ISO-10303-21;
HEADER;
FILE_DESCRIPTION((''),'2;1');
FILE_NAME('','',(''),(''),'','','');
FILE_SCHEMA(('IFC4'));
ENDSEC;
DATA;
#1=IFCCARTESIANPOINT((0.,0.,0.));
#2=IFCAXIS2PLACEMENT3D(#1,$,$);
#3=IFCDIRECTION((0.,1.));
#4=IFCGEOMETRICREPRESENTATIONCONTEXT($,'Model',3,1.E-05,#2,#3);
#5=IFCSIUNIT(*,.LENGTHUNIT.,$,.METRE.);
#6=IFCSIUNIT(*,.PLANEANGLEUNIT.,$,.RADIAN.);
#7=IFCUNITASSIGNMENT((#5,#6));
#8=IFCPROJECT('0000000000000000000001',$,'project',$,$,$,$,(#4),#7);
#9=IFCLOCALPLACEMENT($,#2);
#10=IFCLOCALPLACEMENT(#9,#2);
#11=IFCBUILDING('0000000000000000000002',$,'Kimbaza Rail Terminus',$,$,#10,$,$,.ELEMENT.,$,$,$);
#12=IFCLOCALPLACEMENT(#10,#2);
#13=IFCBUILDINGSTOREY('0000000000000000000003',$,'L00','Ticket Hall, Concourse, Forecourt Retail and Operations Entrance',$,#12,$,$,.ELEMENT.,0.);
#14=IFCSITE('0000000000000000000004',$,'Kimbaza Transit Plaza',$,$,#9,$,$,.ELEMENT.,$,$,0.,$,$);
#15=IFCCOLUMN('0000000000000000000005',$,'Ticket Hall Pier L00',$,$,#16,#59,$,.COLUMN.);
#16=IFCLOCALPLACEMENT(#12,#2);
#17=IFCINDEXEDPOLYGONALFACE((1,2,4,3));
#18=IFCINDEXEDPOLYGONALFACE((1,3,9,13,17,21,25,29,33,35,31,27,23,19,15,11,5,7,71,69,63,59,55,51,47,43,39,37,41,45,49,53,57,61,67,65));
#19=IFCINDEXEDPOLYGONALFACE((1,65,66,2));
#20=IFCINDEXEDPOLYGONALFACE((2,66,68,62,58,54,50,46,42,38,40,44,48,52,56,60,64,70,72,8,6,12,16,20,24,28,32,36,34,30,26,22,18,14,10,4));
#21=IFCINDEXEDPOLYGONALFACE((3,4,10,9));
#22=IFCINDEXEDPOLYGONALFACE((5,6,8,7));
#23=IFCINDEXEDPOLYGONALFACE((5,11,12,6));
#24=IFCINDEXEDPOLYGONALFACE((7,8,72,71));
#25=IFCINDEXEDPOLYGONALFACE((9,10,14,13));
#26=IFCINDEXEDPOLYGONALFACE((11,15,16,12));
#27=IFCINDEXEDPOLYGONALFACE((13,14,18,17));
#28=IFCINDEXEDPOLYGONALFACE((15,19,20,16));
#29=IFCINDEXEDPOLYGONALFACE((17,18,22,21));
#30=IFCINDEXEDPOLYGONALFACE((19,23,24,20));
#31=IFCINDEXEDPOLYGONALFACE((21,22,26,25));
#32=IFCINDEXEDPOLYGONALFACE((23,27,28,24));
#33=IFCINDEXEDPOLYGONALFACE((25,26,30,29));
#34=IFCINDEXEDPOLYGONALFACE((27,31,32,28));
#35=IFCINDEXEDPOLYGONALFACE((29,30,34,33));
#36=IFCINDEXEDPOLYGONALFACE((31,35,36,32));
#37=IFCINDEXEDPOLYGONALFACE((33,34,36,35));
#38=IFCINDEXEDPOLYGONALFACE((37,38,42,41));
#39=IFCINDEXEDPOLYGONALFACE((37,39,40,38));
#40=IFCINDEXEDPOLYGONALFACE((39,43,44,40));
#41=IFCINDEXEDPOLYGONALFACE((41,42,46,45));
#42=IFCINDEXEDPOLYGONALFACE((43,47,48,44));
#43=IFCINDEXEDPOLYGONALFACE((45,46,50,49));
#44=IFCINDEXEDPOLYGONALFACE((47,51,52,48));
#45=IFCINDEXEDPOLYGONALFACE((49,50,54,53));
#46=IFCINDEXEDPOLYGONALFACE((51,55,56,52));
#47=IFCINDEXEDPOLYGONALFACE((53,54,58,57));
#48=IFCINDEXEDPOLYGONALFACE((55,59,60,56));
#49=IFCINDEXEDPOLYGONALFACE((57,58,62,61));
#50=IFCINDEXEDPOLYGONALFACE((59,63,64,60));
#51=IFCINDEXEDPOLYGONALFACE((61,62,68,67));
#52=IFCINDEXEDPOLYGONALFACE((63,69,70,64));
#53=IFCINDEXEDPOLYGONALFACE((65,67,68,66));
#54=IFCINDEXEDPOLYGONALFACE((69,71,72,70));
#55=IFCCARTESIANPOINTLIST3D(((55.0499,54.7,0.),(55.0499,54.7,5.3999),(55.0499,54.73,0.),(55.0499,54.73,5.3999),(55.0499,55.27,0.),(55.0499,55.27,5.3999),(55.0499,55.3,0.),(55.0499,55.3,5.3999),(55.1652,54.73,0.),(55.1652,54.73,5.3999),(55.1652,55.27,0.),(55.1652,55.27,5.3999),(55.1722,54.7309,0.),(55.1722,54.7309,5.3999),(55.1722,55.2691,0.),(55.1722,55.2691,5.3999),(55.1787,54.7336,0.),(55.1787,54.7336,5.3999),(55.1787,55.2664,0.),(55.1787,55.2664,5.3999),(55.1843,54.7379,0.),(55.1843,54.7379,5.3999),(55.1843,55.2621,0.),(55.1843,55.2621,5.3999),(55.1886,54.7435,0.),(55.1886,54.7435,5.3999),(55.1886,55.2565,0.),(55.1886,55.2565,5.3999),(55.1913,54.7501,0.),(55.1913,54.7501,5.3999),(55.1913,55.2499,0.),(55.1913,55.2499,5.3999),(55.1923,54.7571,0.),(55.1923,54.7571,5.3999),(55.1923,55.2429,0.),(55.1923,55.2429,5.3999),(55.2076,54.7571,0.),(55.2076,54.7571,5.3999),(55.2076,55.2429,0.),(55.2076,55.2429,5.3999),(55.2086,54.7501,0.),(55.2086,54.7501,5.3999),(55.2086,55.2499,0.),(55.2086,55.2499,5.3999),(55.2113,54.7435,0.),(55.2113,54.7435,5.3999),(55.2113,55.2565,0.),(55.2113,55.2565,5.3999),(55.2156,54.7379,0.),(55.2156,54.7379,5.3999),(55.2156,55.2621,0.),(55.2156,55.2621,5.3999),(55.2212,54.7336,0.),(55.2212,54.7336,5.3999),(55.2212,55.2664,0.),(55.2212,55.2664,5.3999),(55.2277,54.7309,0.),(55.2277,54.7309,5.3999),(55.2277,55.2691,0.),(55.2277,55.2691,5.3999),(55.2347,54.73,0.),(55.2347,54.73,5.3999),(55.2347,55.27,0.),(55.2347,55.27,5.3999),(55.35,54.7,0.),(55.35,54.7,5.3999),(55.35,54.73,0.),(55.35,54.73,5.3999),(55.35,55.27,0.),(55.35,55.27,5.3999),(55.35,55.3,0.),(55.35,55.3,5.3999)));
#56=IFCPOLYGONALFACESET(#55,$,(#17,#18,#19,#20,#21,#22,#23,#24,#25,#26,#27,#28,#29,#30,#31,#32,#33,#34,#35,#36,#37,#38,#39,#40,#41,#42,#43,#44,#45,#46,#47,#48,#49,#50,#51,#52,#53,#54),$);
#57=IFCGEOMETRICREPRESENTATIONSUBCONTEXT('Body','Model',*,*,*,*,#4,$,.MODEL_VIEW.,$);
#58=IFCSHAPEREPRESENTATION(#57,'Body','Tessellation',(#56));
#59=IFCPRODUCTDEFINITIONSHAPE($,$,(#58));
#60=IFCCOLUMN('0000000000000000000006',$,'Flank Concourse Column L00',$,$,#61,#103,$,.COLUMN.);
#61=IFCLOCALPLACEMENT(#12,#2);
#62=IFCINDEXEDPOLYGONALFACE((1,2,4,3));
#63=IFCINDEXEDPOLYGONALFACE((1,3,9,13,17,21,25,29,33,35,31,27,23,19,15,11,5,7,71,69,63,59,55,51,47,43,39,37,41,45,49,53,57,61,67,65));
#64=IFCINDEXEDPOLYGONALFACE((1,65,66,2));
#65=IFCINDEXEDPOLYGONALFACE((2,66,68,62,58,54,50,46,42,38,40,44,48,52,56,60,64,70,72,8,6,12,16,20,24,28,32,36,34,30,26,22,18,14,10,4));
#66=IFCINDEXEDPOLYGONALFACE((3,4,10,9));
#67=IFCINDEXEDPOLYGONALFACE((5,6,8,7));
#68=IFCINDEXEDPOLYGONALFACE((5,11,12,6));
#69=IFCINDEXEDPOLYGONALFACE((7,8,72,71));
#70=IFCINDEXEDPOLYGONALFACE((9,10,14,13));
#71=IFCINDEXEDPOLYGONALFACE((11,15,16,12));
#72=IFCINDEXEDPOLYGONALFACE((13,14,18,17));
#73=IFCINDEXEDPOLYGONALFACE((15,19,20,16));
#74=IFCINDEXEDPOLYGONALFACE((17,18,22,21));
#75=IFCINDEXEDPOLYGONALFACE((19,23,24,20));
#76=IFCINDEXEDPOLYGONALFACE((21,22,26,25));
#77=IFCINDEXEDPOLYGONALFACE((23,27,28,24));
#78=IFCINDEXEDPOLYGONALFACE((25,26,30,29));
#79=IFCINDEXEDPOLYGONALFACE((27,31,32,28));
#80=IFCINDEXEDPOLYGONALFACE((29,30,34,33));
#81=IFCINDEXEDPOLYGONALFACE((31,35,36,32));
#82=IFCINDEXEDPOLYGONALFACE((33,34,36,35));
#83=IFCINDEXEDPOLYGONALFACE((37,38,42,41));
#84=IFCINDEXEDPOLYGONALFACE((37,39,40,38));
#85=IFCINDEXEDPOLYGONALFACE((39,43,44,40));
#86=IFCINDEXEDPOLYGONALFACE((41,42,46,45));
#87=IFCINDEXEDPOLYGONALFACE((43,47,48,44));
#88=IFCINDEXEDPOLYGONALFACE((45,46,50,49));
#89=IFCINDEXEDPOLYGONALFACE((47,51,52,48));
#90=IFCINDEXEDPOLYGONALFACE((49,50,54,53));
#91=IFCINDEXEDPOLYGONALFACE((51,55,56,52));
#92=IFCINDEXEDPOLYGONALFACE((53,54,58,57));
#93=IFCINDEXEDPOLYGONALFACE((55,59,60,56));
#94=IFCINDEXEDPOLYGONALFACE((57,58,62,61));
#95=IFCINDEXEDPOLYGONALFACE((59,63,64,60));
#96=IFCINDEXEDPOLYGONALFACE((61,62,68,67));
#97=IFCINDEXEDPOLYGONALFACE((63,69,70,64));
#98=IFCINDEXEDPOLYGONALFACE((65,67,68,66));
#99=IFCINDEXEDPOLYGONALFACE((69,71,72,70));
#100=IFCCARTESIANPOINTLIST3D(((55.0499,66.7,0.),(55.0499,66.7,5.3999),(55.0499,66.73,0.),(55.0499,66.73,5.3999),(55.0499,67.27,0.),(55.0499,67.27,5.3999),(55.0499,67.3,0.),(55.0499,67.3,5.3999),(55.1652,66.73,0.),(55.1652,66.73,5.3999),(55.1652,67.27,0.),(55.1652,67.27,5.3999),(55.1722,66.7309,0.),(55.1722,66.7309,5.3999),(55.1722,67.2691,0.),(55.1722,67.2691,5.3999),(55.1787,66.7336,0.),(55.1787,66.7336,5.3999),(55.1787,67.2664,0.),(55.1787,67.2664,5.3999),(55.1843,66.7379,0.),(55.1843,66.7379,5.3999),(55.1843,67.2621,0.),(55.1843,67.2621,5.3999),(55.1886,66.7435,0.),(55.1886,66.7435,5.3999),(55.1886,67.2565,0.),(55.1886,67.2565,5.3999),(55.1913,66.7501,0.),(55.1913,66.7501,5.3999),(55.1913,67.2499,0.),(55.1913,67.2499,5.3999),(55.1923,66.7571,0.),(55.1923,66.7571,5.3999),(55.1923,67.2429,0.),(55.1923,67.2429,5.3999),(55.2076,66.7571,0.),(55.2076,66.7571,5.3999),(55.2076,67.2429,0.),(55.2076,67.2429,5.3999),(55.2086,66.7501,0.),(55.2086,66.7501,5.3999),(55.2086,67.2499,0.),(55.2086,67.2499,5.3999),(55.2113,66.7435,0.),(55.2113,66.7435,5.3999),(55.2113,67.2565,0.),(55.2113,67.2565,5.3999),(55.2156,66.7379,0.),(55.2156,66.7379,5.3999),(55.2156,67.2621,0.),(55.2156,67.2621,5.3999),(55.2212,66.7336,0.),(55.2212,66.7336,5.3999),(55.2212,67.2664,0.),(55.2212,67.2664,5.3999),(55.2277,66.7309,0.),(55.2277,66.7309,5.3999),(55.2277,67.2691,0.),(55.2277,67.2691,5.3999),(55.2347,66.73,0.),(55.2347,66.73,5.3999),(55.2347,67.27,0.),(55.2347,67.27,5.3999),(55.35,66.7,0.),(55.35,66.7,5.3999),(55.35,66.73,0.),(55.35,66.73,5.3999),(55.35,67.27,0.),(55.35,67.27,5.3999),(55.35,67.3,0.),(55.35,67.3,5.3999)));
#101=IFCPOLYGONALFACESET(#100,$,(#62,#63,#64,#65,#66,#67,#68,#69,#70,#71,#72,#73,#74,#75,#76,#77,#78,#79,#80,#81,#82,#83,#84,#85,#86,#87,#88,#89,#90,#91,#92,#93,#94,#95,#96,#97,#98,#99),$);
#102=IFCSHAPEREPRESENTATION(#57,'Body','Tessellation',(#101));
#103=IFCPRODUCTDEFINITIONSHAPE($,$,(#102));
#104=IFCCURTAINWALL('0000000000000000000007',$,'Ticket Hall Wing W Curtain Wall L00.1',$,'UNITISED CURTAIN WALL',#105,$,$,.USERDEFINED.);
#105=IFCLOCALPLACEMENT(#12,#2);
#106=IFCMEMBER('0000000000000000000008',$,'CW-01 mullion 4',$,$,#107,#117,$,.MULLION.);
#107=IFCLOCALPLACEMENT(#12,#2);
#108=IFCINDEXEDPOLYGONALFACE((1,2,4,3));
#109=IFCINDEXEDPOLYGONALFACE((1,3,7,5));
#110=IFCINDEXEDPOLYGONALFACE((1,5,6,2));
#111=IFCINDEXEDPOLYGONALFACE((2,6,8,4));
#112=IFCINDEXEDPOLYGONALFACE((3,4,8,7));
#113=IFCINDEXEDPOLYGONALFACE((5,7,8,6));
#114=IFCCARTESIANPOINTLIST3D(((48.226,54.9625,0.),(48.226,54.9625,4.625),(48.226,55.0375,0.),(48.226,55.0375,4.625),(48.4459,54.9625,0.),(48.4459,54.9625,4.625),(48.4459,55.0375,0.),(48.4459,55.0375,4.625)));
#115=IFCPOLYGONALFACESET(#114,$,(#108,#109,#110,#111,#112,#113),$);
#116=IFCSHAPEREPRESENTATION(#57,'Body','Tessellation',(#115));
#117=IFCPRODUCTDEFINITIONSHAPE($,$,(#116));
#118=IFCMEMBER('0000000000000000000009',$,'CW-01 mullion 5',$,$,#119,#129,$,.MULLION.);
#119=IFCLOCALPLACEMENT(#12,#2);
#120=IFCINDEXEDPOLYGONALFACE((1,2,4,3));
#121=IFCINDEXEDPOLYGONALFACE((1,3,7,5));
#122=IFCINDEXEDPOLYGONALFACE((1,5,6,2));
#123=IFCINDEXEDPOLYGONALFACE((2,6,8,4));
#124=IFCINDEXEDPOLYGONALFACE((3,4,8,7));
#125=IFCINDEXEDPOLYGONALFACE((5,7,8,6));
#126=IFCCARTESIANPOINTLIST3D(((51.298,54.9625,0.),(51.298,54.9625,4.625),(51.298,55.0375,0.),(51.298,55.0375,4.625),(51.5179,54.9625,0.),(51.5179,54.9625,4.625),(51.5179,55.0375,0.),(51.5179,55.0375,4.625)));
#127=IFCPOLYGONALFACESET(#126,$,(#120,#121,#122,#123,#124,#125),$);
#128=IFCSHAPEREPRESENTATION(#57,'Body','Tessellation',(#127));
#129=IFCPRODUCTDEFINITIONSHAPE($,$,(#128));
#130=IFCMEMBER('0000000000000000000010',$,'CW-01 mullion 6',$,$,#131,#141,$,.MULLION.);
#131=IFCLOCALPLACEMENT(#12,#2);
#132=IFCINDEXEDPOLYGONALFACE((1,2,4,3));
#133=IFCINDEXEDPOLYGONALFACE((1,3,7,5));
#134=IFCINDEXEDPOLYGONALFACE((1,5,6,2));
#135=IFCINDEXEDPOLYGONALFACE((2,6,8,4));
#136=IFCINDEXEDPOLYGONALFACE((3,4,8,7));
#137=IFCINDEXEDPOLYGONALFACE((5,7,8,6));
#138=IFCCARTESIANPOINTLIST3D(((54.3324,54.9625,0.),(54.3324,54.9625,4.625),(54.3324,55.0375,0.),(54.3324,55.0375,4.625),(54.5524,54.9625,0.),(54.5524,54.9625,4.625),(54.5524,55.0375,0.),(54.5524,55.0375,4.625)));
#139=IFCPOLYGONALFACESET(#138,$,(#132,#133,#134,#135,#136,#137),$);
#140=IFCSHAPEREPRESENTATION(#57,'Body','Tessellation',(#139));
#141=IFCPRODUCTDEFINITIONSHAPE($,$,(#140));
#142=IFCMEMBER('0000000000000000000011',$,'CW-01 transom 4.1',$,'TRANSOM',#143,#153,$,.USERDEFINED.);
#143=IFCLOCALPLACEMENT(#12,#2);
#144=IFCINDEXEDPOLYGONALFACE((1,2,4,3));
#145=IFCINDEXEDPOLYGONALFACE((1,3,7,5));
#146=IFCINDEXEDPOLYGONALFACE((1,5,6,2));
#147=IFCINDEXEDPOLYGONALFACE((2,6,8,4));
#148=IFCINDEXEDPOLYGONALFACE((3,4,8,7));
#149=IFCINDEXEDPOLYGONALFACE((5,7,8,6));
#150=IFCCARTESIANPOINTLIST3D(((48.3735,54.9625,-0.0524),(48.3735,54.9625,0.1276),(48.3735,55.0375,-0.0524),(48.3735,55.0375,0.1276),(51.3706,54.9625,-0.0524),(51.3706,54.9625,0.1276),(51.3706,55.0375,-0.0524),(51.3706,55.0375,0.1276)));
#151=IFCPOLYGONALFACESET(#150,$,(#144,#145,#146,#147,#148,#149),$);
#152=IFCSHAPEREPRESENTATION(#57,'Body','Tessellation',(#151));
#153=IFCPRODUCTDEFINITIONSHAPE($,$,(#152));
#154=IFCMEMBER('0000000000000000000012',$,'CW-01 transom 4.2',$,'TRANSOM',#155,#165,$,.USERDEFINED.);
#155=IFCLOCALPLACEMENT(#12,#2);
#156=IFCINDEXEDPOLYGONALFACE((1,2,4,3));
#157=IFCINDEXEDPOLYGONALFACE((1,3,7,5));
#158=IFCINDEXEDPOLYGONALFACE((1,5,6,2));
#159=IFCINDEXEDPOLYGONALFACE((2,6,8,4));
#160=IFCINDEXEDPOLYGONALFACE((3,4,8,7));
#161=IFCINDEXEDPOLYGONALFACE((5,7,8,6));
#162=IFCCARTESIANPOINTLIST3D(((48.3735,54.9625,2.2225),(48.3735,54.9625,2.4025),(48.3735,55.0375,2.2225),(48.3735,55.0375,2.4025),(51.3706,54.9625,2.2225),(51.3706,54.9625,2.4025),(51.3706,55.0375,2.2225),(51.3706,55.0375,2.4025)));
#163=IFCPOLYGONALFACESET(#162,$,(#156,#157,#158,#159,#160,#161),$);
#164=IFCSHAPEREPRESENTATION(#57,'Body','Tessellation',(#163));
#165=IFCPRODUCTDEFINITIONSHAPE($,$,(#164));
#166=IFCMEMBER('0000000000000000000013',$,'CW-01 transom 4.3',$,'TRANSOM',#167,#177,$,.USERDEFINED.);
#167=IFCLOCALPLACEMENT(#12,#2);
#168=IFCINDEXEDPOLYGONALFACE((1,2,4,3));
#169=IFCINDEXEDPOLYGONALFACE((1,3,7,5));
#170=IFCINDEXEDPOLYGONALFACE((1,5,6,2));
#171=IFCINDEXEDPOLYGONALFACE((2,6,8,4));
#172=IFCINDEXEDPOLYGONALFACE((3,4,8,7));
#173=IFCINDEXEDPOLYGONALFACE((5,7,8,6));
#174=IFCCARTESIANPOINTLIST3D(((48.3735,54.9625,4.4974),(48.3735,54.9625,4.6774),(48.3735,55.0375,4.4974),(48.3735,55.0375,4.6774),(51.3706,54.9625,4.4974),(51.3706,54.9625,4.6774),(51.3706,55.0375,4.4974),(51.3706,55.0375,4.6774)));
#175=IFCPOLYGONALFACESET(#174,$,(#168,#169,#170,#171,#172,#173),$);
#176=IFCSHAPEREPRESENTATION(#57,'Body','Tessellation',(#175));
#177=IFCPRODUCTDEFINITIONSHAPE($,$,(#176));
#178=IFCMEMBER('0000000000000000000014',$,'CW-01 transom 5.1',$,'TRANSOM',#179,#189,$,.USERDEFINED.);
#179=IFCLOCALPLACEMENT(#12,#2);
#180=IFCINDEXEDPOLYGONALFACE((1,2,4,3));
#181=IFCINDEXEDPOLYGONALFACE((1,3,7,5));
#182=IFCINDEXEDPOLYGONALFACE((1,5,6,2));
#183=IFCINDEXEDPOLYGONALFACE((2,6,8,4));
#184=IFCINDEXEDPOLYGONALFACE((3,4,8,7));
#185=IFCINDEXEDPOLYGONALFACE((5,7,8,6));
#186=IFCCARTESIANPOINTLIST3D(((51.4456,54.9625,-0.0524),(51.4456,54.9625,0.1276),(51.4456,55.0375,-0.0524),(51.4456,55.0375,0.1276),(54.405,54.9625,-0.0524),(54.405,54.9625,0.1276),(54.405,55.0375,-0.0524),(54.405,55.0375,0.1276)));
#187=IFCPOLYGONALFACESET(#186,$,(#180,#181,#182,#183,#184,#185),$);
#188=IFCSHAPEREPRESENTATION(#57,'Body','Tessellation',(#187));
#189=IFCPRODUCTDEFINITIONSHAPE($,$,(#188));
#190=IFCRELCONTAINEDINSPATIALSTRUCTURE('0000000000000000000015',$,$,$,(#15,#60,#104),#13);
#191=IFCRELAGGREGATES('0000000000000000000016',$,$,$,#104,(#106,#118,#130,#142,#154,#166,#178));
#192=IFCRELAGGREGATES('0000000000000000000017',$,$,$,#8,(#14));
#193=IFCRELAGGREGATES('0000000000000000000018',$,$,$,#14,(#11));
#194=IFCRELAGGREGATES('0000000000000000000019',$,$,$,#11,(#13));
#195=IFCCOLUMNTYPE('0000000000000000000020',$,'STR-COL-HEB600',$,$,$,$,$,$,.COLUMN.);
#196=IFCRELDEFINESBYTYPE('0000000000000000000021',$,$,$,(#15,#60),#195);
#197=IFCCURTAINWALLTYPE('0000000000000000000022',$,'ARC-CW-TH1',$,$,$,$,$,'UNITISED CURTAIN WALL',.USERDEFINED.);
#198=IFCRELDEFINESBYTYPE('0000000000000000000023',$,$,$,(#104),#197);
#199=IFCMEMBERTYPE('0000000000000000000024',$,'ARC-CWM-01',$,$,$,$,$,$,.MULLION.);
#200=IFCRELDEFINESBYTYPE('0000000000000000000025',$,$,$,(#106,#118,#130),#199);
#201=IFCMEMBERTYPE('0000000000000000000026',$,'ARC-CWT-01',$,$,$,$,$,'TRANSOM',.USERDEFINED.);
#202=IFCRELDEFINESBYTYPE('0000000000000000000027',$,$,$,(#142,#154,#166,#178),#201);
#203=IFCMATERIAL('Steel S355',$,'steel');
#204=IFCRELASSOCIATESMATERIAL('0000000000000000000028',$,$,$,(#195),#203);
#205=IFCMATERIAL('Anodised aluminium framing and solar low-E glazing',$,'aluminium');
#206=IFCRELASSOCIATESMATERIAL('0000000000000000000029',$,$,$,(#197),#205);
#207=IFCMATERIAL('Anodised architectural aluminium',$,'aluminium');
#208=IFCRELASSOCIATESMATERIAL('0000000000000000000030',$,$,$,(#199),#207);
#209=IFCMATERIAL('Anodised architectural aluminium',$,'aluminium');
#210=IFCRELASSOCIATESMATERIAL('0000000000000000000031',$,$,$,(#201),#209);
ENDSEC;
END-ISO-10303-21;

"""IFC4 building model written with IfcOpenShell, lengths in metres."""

from ifc_helpers import new_model, si_unit, direction, frame, origin, origin_2d, place, context, subcontext, project, spatial, rectangle, i_section, extrude, material, material_profile, profile_set, type_object, element, aggregate, save


model = new_model("IFC4")

# Units and contexts
model_context = context("Model", 3, precision=1e-05, world=origin(), true_north=direction((0.0, 1.0)))
body_context = subcontext(model_context, "Body", "Model", "MODEL_VIEW")
ifc_project = project(units=[si_unit("LENGTHUNIT", "METRE"), si_unit("PLANEANGLEUNIT", "RADIAN")], contexts=[model_context])

# Site, building, storey
site_placement = place(None, origin())
site = spatial("IfcSite", under=ifc_project, at=site_placement, Name="Kimbaza Transit Plaza", CompositionType="ELEMENT", RefElevation=0.0)
building_placement = place(site_placement, origin())
building = spatial("IfcBuilding", under=site, at=building_placement, Name="Kimbaza Rail Terminus", CompositionType="ELEMENT")
storey_placement = place(building_placement, origin())
storey = spatial("IfcBuildingStorey", under=building, at=storey_placement, Name="L00", Description="Ticket Hall, Concourse, Forecourt Retail and Operations Entrance", CompositionType="ELEMENT", Elevation=0.0)

# Columns
ifc_material_1 = material(Name="Steel S355", Category="steel")
ifc_material_profile_1 = material_profile(ifc_material_1, i_section(OverallWidth=0.3, OverallDepth=0.6001, WebThickness=0.0154, FlangeThickness=0.03, FilletRadius=0.0271, at=origin_2d()), Name="HEB 600")
ifc_profile_set_1 = profile_set([ifc_material_profile_1], Name="Steel S355")
column_type = type_object("IfcColumnType", Name="STR-COL-HEB600", PredefinedType="COLUMN", material=ifc_profile_set_1)
for number, where, z_axis, x_axis, name in (
    (1, (55.2, 55.0, 0.0), (0.0, 0.0, 1.0), (1.0, 0.0, 0.0), "Ticket Hall Pier L00"),
    (2, (55.2, 67.0, 0.0), (0.0, 0.0, 1.0), (1.0, 0.0, 0.0), "Flank Concourse Column L00"),
):
    element("IfcColumn", number, at=place(storey_placement, frame(where, z_axis=z_axis, x_axis=x_axis)), inside=storey, type_object=column_type, Name=name, PredefinedType="COLUMN", context=body_context, shape_type="SweptSolid", body=[
        extrude(i_section(OverallWidth=0.3, OverallDepth=0.6001, WebThickness=0.0154, FlangeThickness=0.03, FilletRadius=0.0271, at=origin_2d()), origin(), (0.0, 0.0, 1.0), 5.3999),
    ])

# Curtain wall, members
ifc_material_2 = material(Name="Anodised aluminium framing and solar low-E glazing", Category="aluminium")
curtain_wall_type = type_object("IfcCurtainWallType", Name="ARC-CW-TH1", ElementType="UNITISED CURTAIN WALL", PredefinedType="USERDEFINED", material=ifc_material_2)
curtain_wall_placement = place(storey_placement, origin())
curtain_wall = element("IfcCurtainWall", 3, at=curtain_wall_placement, inside=storey, type_object=curtain_wall_type, Name="Ticket Hall Wing W Curtain Wall L00.1", ObjectType="UNITISED CURTAIN WALL", PredefinedType="USERDEFINED")
ifc_material_3 = material(Name="Anodised architectural aluminium", Category="aluminium")
ifc_material_profile_2 = material_profile(ifc_material_3, rectangle(XDim=0.075, YDim=0.22, at=origin_2d()), Name="MULLION 75x220")
ifc_profile_set_2 = profile_set([ifc_material_profile_2], Name="Anodised architectural aluminium")
member_type_1 = type_object("IfcMemberType", Name="ARC-CWM-01", PredefinedType="MULLION", material=ifc_profile_set_2)
member_1_placement = place(storey_placement, frame((48.3359, 55.0, 0.0), z_axis=(0.0, 0.0, 1.0), x_axis=(0.0, 1.0, 0.0)))
member_1 = element("IfcMember", 4, at=member_1_placement, type_object=member_type_1, Name="CW-01 mullion 4", PredefinedType="MULLION", context=body_context, shape_type="SweptSolid", body=[
    extrude(rectangle(XDim=0.075, YDim=0.22, at=origin_2d()), origin(), (0.0, 0.0, 1.0), 4.625),
])
member_2_placement = place(storey_placement, frame((51.408, 55.0, 0.0), z_axis=(0.0, 0.0, 1.0), x_axis=(0.0, 1.0, 0.0)))
member_2 = element("IfcMember", 5, at=member_2_placement, type_object=member_type_1, Name="CW-01 mullion 5", PredefinedType="MULLION", context=body_context, shape_type="SweptSolid", body=[
    extrude(rectangle(XDim=0.075, YDim=0.22, at=origin_2d()), origin(), (0.0, 0.0, 1.0), 4.625),
])
member_3_placement = place(storey_placement, frame((54.4424, 55.0, 0.0), z_axis=(0.0, 0.0, 1.0), x_axis=(0.0, 1.0, 0.0)))
member_3 = element("IfcMember", 6, at=member_3_placement, type_object=member_type_1, Name="CW-01 mullion 6", PredefinedType="MULLION", context=body_context, shape_type="SweptSolid", body=[
    extrude(rectangle(XDim=0.075, YDim=0.22, at=origin_2d()), origin(), (0.0, 0.0, 1.0), 4.625),
])
ifc_material_4 = material(Name="Anodised architectural aluminium", Category="aluminium")
ifc_material_profile_3 = material_profile(ifc_material_4, rectangle(XDim=0.075, YDim=0.1799, at=origin_2d()), Name="TRANSOM 75x180")
ifc_profile_set_3 = profile_set([ifc_material_profile_3], Name="Anodised architectural aluminium")
member_type_2 = type_object("IfcMemberType", Name="ARC-CWT-01", ElementType="TRANSOM", PredefinedType="USERDEFINED", material=ifc_profile_set_3)
member_4_placement = place(storey_placement, frame((48.3735, 55.0, 0.0376), z_axis=(1.0, 0.0, 0.0), x_axis=(0.0, 1.0, 0.0)))
member_4 = element("IfcMember", 7, at=member_4_placement, type_object=member_type_2, Name="CW-01 transom 4.1", ObjectType="TRANSOM", PredefinedType="USERDEFINED", context=body_context, shape_type="SweptSolid", body=[
    extrude(rectangle(XDim=0.075, YDim=0.1799, at=origin_2d()), origin(), (0.0, 0.0, 1.0), 2.9971),
])
member_5_placement = place(storey_placement, frame((48.3735, 55.0, 2.3125), z_axis=(1.0, 0.0, 0.0), x_axis=(0.0, 1.0, 0.0)))
member_5 = element("IfcMember", 8, at=member_5_placement, type_object=member_type_2, Name="CW-01 transom 4.2", ObjectType="TRANSOM", PredefinedType="USERDEFINED", context=body_context, shape_type="SweptSolid", body=[
    extrude(rectangle(XDim=0.075, YDim=0.1799, at=origin_2d()), origin(), (0.0, 0.0, 1.0), 2.9971),
])
member_6_placement = place(storey_placement, frame((48.3735, 55.0, 4.5874), z_axis=(1.0, 0.0, 0.0), x_axis=(0.0, 1.0, 0.0)))
member_6 = element("IfcMember", 9, at=member_6_placement, type_object=member_type_2, Name="CW-01 transom 4.3", ObjectType="TRANSOM", PredefinedType="USERDEFINED", context=body_context, shape_type="SweptSolid", body=[
    extrude(rectangle(XDim=0.075, YDim=0.1799, at=origin_2d()), origin(), (0.0, 0.0, 1.0), 2.9971),
])
member_7_placement = place(storey_placement, frame((51.4456, 55.0, 0.0376), z_axis=(1.0, 0.0, 0.0), x_axis=(0.0, 1.0, 0.0)))
member_7 = element("IfcMember", 10, at=member_7_placement, type_object=member_type_2, Name="CW-01 transom 5.1", ObjectType="TRANSOM", PredefinedType="USERDEFINED", context=body_context, shape_type="SweptSolid", body=[
    extrude(rectangle(XDim=0.075, YDim=0.1799, at=origin_2d()), origin(), (0.0, 0.0, 1.0), 2.9595),
])

aggregate(curtain_wall, [member_1, member_2, member_3, member_4, member_5, member_6, member_7])

save(model, "model.ifc")
